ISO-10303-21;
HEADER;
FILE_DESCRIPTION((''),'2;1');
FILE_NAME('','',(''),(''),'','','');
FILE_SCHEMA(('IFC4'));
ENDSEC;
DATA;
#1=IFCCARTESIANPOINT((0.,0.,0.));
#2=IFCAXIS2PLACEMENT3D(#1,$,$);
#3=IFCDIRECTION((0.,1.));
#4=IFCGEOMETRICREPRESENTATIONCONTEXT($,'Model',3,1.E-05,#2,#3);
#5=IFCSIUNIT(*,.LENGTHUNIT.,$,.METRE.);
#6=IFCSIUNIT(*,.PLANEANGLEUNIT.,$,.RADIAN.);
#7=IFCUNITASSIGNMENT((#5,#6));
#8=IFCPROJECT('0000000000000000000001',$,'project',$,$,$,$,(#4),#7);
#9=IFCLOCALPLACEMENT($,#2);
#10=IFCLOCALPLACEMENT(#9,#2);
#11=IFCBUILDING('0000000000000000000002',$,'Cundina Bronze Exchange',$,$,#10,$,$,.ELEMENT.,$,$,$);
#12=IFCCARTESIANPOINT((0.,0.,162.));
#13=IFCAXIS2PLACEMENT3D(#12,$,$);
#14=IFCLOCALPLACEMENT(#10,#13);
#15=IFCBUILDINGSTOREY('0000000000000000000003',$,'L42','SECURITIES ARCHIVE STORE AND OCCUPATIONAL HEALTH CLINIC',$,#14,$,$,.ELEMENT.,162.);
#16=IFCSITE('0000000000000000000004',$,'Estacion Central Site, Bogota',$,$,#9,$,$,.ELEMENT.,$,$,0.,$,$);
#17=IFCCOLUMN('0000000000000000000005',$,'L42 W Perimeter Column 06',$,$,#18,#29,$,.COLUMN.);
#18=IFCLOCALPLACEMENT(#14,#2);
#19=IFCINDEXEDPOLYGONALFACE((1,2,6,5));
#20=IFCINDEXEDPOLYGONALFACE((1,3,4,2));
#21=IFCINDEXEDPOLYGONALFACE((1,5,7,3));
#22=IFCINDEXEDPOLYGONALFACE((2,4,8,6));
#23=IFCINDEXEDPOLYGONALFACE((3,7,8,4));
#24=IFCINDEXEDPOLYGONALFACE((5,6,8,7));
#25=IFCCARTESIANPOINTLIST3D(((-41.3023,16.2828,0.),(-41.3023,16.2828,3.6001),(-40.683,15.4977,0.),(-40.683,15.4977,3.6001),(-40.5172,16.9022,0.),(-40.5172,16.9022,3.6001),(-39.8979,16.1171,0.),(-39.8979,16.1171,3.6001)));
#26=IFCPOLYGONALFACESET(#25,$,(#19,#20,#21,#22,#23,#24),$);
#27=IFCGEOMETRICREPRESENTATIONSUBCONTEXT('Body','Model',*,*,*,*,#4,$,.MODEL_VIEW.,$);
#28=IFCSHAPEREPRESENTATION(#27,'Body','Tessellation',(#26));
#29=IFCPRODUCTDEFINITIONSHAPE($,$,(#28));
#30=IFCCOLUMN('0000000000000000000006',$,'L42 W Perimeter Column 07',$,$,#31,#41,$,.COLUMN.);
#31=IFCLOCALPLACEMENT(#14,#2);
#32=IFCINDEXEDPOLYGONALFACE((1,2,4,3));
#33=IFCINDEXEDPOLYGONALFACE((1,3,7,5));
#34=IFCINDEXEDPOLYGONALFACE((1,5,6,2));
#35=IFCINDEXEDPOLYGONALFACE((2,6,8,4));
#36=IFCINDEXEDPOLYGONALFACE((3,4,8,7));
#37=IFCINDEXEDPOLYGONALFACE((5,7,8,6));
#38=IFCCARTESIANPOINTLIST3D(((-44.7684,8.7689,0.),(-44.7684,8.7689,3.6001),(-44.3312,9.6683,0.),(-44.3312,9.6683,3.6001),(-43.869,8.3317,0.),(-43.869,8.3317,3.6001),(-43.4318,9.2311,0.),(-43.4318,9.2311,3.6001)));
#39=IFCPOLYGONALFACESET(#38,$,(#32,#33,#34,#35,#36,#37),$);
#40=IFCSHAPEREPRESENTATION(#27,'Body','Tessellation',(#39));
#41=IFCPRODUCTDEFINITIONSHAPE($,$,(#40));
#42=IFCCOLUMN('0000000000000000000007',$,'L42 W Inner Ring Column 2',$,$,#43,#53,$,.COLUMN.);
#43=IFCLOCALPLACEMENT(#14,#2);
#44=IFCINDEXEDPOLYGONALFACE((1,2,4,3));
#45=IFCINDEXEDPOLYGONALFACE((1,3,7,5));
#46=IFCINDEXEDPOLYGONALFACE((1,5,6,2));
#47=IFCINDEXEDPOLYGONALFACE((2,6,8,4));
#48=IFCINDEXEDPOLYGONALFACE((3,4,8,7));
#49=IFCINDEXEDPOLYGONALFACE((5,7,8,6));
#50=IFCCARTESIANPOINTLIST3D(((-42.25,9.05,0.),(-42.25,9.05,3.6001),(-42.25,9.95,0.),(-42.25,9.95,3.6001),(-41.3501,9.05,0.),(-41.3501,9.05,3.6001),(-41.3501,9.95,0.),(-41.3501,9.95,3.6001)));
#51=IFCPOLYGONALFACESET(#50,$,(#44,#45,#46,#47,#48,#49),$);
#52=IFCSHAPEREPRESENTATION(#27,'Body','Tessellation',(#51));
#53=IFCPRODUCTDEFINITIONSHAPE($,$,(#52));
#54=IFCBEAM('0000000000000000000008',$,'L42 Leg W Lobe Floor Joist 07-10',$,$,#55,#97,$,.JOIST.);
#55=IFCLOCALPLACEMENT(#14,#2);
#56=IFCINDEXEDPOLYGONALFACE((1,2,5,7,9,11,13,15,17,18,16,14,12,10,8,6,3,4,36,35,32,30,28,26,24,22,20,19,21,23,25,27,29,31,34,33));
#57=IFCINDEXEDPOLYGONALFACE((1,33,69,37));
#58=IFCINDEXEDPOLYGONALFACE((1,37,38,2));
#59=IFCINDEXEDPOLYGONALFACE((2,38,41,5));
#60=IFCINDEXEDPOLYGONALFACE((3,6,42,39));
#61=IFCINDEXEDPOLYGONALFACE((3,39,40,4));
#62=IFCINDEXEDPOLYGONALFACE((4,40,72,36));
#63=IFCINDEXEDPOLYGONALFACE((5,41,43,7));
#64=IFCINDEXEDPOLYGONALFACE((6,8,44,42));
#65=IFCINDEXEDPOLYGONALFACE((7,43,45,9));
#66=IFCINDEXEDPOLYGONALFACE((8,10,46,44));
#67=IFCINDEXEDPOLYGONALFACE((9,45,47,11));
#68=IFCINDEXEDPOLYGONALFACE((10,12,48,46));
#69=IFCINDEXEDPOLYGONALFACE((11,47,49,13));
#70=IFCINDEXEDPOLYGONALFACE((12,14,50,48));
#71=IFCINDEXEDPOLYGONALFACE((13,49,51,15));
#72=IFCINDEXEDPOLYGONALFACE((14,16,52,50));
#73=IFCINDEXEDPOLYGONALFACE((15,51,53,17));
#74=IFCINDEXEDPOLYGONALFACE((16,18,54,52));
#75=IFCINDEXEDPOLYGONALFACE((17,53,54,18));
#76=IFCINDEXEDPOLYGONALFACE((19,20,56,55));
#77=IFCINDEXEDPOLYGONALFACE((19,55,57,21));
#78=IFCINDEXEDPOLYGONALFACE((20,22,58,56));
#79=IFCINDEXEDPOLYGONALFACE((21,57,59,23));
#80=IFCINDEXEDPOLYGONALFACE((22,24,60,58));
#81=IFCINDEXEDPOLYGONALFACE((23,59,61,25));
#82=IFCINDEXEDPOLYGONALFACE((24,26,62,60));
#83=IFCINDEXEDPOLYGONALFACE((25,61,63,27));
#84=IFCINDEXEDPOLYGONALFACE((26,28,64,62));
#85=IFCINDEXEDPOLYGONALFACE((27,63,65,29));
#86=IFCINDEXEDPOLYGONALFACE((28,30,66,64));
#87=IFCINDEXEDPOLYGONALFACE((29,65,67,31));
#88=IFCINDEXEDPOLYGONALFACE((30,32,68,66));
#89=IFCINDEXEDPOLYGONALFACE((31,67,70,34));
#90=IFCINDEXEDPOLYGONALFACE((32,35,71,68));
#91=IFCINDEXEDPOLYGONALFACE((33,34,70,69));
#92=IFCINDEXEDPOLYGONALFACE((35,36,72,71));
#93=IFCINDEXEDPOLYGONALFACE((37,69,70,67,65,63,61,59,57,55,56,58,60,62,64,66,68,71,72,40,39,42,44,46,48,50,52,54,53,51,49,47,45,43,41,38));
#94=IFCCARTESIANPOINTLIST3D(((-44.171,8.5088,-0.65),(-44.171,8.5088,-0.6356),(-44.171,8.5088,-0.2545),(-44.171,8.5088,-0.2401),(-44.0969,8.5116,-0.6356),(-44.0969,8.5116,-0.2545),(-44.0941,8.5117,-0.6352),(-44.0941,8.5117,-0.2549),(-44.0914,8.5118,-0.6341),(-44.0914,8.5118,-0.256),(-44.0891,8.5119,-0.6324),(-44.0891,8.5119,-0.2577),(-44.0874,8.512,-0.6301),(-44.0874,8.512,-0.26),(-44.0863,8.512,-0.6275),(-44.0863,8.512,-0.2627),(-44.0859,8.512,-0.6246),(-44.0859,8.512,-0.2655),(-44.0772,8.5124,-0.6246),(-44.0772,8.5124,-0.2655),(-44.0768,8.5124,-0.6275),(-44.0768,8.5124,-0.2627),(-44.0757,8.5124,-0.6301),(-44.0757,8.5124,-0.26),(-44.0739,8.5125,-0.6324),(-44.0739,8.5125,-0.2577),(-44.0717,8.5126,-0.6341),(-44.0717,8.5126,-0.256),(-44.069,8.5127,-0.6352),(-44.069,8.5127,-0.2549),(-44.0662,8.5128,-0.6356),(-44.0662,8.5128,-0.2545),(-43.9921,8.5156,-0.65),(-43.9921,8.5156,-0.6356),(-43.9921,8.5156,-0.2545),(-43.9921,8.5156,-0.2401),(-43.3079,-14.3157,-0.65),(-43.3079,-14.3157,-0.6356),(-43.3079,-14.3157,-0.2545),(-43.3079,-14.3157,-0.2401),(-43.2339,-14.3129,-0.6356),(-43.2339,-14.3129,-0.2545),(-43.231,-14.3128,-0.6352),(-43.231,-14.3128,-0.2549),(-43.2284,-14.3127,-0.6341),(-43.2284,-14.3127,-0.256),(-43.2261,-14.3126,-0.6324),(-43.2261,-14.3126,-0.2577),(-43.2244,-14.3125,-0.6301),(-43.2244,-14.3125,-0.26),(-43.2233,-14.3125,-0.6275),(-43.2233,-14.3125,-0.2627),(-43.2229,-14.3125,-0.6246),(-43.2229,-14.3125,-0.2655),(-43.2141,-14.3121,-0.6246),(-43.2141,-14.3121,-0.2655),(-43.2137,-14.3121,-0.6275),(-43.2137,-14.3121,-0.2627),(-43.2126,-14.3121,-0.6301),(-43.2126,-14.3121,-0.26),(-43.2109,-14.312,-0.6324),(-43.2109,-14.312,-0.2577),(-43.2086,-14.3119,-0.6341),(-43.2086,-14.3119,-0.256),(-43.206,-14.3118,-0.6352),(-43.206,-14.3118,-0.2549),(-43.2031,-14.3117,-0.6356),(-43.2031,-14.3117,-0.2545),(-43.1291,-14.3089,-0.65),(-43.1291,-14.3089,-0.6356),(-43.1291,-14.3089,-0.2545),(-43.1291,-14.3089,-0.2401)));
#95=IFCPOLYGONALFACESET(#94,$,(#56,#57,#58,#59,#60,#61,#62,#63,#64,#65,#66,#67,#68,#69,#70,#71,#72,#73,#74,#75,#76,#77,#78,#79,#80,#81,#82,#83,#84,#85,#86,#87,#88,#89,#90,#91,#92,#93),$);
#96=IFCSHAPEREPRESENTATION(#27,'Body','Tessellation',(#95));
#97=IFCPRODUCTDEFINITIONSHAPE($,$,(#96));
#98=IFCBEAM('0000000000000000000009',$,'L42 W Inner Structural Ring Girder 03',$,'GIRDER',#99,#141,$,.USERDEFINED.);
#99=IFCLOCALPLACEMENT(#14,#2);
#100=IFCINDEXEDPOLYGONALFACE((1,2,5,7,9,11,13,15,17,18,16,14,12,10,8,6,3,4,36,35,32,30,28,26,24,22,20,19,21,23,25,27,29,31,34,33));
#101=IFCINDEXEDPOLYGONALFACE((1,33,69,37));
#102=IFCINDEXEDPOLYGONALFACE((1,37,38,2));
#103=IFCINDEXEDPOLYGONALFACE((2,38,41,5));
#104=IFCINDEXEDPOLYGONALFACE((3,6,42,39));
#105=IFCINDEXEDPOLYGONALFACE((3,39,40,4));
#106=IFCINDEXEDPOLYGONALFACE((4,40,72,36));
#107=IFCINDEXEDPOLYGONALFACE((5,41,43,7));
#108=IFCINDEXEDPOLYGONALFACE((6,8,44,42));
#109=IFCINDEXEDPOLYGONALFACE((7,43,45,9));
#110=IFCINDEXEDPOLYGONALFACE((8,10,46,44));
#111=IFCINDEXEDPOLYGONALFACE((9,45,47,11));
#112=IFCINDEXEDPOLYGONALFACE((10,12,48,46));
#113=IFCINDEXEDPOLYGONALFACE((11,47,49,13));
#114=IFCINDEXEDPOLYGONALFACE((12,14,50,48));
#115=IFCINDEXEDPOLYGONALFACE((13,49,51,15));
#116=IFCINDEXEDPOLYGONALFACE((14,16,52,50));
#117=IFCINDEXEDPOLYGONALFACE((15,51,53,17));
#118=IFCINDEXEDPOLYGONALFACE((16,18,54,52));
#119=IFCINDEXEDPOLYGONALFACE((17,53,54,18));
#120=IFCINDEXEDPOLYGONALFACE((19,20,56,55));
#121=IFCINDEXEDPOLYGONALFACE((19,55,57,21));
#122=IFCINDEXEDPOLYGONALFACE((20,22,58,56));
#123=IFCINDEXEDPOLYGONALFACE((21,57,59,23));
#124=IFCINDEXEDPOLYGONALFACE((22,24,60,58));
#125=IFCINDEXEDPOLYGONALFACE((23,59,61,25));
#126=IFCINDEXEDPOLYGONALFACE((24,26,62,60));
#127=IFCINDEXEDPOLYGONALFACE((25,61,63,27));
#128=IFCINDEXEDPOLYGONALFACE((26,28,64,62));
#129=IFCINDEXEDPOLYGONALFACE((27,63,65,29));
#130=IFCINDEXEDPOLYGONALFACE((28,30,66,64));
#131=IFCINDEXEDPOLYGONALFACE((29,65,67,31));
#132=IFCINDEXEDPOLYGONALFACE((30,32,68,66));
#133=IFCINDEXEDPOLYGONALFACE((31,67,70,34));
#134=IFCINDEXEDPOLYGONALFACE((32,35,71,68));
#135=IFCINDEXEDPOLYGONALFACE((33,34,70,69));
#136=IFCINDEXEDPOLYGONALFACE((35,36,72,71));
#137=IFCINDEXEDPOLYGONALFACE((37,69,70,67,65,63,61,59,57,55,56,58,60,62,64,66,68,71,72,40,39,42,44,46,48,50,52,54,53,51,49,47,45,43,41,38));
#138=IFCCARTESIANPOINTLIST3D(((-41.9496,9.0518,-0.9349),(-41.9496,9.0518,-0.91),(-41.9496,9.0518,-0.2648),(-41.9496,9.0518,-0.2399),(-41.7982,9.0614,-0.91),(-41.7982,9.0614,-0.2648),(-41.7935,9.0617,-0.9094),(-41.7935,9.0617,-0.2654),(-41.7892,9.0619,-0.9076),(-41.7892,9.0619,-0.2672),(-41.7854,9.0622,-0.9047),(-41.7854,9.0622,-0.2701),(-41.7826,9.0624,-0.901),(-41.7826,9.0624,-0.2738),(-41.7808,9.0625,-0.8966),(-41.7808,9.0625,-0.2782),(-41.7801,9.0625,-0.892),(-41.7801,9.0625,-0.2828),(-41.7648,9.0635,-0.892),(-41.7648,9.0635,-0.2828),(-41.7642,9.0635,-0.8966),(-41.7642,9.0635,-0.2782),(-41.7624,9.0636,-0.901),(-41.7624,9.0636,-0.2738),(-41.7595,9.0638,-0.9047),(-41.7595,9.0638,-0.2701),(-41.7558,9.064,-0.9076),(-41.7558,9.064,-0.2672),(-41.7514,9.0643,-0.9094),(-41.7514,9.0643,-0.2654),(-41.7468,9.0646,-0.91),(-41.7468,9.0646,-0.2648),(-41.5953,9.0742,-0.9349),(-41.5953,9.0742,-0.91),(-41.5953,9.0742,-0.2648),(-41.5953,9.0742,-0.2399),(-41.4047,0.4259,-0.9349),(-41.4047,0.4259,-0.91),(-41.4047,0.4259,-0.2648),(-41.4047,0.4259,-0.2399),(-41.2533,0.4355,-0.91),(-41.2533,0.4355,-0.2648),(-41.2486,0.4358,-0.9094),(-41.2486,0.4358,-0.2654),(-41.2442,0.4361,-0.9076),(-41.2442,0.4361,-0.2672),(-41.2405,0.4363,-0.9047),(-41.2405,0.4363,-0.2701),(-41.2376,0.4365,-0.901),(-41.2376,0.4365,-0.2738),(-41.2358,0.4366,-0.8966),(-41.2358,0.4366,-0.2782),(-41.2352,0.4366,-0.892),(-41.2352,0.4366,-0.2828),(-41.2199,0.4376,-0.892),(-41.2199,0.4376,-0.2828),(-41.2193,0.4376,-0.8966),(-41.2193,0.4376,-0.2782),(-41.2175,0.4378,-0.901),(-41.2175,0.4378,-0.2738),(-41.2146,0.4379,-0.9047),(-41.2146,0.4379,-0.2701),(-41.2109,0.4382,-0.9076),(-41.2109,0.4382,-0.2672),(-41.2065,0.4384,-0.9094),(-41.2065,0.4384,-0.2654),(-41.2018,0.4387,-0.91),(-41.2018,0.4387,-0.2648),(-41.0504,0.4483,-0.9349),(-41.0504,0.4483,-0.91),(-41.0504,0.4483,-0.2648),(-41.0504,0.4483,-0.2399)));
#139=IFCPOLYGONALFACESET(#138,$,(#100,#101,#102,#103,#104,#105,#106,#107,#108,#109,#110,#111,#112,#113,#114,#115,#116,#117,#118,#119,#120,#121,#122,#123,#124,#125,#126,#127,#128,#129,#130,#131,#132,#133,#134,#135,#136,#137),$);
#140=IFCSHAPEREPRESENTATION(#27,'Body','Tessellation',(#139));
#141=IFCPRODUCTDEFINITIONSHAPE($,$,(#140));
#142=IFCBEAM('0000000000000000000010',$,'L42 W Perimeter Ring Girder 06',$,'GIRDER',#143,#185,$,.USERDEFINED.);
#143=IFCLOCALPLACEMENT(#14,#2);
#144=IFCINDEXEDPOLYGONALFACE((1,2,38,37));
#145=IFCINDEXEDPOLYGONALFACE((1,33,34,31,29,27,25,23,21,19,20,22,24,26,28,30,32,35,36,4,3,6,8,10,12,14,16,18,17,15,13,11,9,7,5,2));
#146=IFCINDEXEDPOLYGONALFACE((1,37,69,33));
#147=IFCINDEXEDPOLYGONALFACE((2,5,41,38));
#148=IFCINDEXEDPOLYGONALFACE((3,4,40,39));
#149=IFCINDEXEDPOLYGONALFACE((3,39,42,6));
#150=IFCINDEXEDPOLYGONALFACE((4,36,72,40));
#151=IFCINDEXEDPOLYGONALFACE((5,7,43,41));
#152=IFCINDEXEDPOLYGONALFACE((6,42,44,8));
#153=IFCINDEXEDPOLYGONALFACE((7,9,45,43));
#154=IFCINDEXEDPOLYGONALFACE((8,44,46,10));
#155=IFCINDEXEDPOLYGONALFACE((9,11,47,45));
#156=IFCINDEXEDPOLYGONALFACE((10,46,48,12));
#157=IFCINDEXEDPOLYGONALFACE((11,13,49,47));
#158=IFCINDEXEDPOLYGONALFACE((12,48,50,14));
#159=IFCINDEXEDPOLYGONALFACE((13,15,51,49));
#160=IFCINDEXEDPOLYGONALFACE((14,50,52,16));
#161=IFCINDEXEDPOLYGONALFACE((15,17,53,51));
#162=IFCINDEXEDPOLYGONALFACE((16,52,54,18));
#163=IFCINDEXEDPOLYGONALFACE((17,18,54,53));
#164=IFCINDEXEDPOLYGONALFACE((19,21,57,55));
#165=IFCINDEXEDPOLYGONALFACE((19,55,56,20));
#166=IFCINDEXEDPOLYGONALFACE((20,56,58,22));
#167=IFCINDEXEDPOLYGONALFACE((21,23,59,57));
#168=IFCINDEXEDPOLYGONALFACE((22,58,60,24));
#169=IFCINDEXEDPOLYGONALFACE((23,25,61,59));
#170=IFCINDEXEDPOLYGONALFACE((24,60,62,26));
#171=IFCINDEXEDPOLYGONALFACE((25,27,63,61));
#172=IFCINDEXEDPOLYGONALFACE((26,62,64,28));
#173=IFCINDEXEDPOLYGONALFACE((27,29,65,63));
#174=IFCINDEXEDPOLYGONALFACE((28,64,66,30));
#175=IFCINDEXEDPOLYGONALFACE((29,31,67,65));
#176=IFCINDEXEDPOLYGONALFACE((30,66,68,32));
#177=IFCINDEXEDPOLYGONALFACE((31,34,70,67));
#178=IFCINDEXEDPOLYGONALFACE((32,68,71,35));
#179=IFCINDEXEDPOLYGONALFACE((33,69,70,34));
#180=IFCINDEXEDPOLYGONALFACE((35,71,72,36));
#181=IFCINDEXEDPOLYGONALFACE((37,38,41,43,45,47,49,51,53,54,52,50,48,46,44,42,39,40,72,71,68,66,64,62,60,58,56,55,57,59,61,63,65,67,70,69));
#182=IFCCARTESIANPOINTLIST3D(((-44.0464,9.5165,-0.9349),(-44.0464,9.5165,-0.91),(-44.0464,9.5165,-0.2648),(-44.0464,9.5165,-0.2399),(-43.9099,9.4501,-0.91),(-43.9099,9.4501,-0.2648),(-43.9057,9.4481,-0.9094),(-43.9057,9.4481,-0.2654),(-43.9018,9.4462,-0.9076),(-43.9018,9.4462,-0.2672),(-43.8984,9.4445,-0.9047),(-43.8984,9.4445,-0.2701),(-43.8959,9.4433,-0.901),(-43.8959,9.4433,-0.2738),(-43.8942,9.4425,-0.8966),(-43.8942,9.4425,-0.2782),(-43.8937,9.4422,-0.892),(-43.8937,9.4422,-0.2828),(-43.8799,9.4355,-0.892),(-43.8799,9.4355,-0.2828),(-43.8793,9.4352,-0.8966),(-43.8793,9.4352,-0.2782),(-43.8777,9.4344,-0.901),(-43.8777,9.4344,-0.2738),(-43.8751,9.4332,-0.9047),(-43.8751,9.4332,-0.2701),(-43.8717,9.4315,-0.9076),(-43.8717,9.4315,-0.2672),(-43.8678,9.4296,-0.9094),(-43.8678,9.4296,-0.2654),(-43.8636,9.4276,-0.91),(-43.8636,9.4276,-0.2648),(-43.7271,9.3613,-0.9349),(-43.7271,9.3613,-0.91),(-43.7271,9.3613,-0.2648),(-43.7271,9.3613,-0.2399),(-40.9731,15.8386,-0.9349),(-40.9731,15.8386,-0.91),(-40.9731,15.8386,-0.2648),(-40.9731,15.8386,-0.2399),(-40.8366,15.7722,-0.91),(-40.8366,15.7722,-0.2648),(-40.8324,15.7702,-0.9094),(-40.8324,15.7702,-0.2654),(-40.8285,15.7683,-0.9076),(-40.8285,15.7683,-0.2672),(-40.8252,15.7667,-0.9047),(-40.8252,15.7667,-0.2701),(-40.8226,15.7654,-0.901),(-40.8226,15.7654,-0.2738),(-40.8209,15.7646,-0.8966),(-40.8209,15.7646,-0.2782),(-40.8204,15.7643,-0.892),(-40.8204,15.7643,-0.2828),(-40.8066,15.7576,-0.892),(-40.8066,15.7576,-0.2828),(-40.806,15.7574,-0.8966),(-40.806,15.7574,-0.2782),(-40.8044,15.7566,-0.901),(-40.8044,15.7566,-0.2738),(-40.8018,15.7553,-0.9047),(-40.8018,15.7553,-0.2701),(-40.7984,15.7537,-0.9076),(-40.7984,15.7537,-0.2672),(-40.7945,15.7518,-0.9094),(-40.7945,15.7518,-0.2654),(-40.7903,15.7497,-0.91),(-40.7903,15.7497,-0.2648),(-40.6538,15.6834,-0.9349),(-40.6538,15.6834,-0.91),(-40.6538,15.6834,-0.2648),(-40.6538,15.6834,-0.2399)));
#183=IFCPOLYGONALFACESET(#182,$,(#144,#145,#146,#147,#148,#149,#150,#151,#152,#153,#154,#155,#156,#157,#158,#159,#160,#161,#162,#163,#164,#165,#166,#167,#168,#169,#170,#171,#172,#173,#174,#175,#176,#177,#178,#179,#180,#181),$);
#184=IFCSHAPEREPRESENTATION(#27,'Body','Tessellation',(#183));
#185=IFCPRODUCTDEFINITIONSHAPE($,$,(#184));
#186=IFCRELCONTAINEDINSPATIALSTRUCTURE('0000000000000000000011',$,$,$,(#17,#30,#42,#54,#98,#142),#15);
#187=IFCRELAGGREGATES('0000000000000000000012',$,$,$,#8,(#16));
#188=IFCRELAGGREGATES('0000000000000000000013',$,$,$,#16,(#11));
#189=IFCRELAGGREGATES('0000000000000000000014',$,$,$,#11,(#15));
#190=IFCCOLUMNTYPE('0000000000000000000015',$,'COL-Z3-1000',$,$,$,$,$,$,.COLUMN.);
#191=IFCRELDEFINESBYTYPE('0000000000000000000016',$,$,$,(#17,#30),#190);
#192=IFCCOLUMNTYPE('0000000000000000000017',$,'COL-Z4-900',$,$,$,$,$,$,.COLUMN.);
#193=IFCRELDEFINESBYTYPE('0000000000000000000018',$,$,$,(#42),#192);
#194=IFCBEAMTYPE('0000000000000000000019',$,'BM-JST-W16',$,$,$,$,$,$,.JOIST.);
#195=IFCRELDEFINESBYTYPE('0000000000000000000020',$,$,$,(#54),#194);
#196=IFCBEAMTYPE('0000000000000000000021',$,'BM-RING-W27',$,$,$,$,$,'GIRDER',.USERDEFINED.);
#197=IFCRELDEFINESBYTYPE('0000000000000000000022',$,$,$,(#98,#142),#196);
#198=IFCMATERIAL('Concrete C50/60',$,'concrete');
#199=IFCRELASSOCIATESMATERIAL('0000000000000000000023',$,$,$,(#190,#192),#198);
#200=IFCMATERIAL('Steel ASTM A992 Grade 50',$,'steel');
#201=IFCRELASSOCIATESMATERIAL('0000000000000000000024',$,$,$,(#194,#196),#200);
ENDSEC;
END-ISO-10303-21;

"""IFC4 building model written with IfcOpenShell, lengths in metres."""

from ifc_helpers import new_model, si_unit, direction, frame, origin, origin_2d, place, context, subcontext, project, spatial, rectangle, i_section, extrude, material, material_profile, profile_set, type_object, element, save


model = new_model("IFC4")

# Units and contexts
model_context = context("Model", 3, precision=1e-05, world=origin(), true_north=direction((0.0, 1.0)))
body_context = subcontext(model_context, "Body", "Model", "MODEL_VIEW")
ifc_project = project(units=[si_unit("LENGTHUNIT", "METRE"), si_unit("PLANEANGLEUNIT", "RADIAN")], contexts=[model_context])

# Site, building, storey
site_placement = place(None, origin())
site = spatial("IfcSite", under=ifc_project, at=site_placement, Name="Estacion Central Site, Bogota", CompositionType="ELEMENT", RefElevation=0.0)
building_placement = place(site_placement, origin())
building = spatial("IfcBuilding", under=site, at=building_placement, Name="Cundina Bronze Exchange", CompositionType="ELEMENT")
storey_placement = place(building_placement, frame((0.0, 0.0, 162.0)))
storey = spatial("IfcBuildingStorey", under=building, at=storey_placement, Name="L42", Description="SECURITIES ARCHIVE STORE AND OCCUPATIONAL HEALTH CLINIC", CompositionType="ELEMENT", Elevation=162.0)

# Columns
ifc_material_1 = material(Name="Concrete C50/60", Category="concrete")
ifc_material_profile_1 = material_profile(ifc_material_1, rectangle(XDim=1.0, YDim=1.0, at=origin_2d()), Name="RC1000X1000", Category="concrete")
ifc_profile_set_1 = profile_set([ifc_material_profile_1], Name="Concrete C50/60")
column_type_1 = type_object("IfcColumnType", Name="COL-Z3-1000", PredefinedType="COLUMN", material=ifc_profile_set_1)
for number, where, z_axis, x_axis, name in (
    (1, (-40.6001, 16.2, 0.0), (0.0, 0.0, 1.0), (-0.785101, -0.619368, 0.0), "L42 W Perimeter Column 06"),
    (2, (-44.1001, 9.0, 0.0), (0.0, 0.0, 1.0), (-0.437116, -0.899405, 0.0), "L42 W Perimeter Column 07"),
):
    element("IfcColumn", number, at=place(storey_placement, frame(where, z_axis=z_axis, x_axis=x_axis)), inside=storey, type_object=column_type_1, Name=name, PredefinedType="COLUMN", context=body_context, shape_type="SweptSolid", body=[
        extrude(rectangle(XDim=1.0, YDim=1.0, at=origin_2d()), origin(), (0.0, 0.0, 1.0), 3.6001),
    ])
ifc_material_profile_2 = material_profile(ifc_material_1, rectangle(XDim=0.8999, YDim=0.8999, at=origin_2d()), Name="RC900X900", Category="concrete")
ifc_profile_set_2 = profile_set([ifc_material_profile_2], Name="Concrete C50/60")
column_type_2 = type_object("IfcColumnType", Name="COL-Z4-900", PredefinedType="COLUMN", material=ifc_profile_set_2)
column_placement = place(storey_placement, frame((-41.8, 9.5, 0.0), z_axis=(0.0, 0.0, 1.0), x_axis=(1.0, 0.0, 0.0)))
element("IfcColumn", 3, at=column_placement, inside=storey, type_object=column_type_2, Name="L42 W Inner Ring Column 2", PredefinedType="COLUMN", context=body_context, shape_type="SweptSolid", body=[
    extrude(rectangle(XDim=0.8999, YDim=0.8999, at=origin_2d()), origin(), (0.0, 0.0, 1.0), 3.6001),
])

# Beams
ifc_material_2 = material(Name="Steel ASTM A992 Grade 50", Category="steel")
ifc_material_profile_3 = material_profile(ifc_material_2, i_section(OverallWidth=0.179, OverallDepth=0.4099, WebThickness=0.0088, FlangeThickness=0.0144, FilletRadius=0.011, at=origin_2d()), Name="W16X45", Category="steel")
ifc_profile_set_3 = profile_set([ifc_material_profile_3], Name="Steel ASTM A992 Grade 50")
beam_type_1 = type_object("IfcBeamType", Name="BM-JST-W16", PredefinedType="JOIST", material=ifc_profile_set_3)
beam_1_placement = place(storey_placement, frame((-44.0815, 8.5122, -0.4451), z_axis=(0.037785, -0.999286, 0.0), x_axis=(0.999286, 0.037785, 0.0)))
element("IfcBeam", 4, at=beam_1_placement, inside=storey, type_object=beam_type_1, Name="L42 Leg W Lobe Floor Joist 07-10", PredefinedType="JOIST", context=body_context, shape_type="SweptSolid", body=[
    extrude(i_section(OverallWidth=0.179, OverallDepth=0.4099, WebThickness=0.0088, FlangeThickness=0.0144, FilletRadius=0.011, at=origin_2d()), origin(), (0.0, 0.0, 1.0), 22.8408),
])
ifc_material_profile_4 = material_profile(ifc_material_2, i_section(OverallWidth=0.355, OverallDepth=0.6951, WebThickness=0.0154, FlangeThickness=0.0249, FilletRadius=0.0181, at=origin_2d()), Name="W27X146", Category="steel")
ifc_profile_set_4 = profile_set([ifc_material_profile_4], Name="Steel ASTM A992 Grade 50")
beam_type_2 = type_object("IfcBeamType", Name="BM-RING-W27", ElementType="GIRDER", PredefinedType="USERDEFINED", material=ifc_profile_set_4)
beam_2_placement = place(storey_placement, frame((-41.7725, 9.063, -0.5874), z_axis=(0.063047, -0.998011, 0.0), x_axis=(0.998011, 0.063047, 0.0)))
element("IfcBeam", 5, at=beam_2_placement, inside=storey, type_object=beam_type_2, Name="L42 W Inner Structural Ring Girder 03", ObjectType="GIRDER", PredefinedType="USERDEFINED", context=body_context, shape_type="SweptSolid", body=[
    extrude(i_section(OverallWidth=0.355, OverallDepth=0.6951, WebThickness=0.0154, FlangeThickness=0.0249, FilletRadius=0.0181, at=origin_2d()), origin(), (0.0, 0.0, 1.0), 8.6431),
])
for number, where, z_axis, x_axis, name in (
    (6, (-40.8135, 15.761, -0.5874), (-0.437197, -0.899366, 0.0), (0.899366, -0.437197, 0.0), "L42 W Perimeter Ring Girder 06"),
):
    element("IfcBeam", number, at=place(storey_placement, frame(where, z_axis=z_axis, x_axis=x_axis)), inside=storey, type_object=beam_type_2, Name=name, ObjectType="GIRDER", PredefinedType="USERDEFINED", context=body_context, shape_type="SweptSolid", body=[
        extrude(i_section(OverallWidth=0.355, OverallDepth=0.6951, WebThickness=0.0154, FlangeThickness=0.0249, FilletRadius=0.0181, at=origin_2d()), origin(), (0.0, 0.0, 1.0), 7.0295),
    ])

save(model, "model.ifc")
